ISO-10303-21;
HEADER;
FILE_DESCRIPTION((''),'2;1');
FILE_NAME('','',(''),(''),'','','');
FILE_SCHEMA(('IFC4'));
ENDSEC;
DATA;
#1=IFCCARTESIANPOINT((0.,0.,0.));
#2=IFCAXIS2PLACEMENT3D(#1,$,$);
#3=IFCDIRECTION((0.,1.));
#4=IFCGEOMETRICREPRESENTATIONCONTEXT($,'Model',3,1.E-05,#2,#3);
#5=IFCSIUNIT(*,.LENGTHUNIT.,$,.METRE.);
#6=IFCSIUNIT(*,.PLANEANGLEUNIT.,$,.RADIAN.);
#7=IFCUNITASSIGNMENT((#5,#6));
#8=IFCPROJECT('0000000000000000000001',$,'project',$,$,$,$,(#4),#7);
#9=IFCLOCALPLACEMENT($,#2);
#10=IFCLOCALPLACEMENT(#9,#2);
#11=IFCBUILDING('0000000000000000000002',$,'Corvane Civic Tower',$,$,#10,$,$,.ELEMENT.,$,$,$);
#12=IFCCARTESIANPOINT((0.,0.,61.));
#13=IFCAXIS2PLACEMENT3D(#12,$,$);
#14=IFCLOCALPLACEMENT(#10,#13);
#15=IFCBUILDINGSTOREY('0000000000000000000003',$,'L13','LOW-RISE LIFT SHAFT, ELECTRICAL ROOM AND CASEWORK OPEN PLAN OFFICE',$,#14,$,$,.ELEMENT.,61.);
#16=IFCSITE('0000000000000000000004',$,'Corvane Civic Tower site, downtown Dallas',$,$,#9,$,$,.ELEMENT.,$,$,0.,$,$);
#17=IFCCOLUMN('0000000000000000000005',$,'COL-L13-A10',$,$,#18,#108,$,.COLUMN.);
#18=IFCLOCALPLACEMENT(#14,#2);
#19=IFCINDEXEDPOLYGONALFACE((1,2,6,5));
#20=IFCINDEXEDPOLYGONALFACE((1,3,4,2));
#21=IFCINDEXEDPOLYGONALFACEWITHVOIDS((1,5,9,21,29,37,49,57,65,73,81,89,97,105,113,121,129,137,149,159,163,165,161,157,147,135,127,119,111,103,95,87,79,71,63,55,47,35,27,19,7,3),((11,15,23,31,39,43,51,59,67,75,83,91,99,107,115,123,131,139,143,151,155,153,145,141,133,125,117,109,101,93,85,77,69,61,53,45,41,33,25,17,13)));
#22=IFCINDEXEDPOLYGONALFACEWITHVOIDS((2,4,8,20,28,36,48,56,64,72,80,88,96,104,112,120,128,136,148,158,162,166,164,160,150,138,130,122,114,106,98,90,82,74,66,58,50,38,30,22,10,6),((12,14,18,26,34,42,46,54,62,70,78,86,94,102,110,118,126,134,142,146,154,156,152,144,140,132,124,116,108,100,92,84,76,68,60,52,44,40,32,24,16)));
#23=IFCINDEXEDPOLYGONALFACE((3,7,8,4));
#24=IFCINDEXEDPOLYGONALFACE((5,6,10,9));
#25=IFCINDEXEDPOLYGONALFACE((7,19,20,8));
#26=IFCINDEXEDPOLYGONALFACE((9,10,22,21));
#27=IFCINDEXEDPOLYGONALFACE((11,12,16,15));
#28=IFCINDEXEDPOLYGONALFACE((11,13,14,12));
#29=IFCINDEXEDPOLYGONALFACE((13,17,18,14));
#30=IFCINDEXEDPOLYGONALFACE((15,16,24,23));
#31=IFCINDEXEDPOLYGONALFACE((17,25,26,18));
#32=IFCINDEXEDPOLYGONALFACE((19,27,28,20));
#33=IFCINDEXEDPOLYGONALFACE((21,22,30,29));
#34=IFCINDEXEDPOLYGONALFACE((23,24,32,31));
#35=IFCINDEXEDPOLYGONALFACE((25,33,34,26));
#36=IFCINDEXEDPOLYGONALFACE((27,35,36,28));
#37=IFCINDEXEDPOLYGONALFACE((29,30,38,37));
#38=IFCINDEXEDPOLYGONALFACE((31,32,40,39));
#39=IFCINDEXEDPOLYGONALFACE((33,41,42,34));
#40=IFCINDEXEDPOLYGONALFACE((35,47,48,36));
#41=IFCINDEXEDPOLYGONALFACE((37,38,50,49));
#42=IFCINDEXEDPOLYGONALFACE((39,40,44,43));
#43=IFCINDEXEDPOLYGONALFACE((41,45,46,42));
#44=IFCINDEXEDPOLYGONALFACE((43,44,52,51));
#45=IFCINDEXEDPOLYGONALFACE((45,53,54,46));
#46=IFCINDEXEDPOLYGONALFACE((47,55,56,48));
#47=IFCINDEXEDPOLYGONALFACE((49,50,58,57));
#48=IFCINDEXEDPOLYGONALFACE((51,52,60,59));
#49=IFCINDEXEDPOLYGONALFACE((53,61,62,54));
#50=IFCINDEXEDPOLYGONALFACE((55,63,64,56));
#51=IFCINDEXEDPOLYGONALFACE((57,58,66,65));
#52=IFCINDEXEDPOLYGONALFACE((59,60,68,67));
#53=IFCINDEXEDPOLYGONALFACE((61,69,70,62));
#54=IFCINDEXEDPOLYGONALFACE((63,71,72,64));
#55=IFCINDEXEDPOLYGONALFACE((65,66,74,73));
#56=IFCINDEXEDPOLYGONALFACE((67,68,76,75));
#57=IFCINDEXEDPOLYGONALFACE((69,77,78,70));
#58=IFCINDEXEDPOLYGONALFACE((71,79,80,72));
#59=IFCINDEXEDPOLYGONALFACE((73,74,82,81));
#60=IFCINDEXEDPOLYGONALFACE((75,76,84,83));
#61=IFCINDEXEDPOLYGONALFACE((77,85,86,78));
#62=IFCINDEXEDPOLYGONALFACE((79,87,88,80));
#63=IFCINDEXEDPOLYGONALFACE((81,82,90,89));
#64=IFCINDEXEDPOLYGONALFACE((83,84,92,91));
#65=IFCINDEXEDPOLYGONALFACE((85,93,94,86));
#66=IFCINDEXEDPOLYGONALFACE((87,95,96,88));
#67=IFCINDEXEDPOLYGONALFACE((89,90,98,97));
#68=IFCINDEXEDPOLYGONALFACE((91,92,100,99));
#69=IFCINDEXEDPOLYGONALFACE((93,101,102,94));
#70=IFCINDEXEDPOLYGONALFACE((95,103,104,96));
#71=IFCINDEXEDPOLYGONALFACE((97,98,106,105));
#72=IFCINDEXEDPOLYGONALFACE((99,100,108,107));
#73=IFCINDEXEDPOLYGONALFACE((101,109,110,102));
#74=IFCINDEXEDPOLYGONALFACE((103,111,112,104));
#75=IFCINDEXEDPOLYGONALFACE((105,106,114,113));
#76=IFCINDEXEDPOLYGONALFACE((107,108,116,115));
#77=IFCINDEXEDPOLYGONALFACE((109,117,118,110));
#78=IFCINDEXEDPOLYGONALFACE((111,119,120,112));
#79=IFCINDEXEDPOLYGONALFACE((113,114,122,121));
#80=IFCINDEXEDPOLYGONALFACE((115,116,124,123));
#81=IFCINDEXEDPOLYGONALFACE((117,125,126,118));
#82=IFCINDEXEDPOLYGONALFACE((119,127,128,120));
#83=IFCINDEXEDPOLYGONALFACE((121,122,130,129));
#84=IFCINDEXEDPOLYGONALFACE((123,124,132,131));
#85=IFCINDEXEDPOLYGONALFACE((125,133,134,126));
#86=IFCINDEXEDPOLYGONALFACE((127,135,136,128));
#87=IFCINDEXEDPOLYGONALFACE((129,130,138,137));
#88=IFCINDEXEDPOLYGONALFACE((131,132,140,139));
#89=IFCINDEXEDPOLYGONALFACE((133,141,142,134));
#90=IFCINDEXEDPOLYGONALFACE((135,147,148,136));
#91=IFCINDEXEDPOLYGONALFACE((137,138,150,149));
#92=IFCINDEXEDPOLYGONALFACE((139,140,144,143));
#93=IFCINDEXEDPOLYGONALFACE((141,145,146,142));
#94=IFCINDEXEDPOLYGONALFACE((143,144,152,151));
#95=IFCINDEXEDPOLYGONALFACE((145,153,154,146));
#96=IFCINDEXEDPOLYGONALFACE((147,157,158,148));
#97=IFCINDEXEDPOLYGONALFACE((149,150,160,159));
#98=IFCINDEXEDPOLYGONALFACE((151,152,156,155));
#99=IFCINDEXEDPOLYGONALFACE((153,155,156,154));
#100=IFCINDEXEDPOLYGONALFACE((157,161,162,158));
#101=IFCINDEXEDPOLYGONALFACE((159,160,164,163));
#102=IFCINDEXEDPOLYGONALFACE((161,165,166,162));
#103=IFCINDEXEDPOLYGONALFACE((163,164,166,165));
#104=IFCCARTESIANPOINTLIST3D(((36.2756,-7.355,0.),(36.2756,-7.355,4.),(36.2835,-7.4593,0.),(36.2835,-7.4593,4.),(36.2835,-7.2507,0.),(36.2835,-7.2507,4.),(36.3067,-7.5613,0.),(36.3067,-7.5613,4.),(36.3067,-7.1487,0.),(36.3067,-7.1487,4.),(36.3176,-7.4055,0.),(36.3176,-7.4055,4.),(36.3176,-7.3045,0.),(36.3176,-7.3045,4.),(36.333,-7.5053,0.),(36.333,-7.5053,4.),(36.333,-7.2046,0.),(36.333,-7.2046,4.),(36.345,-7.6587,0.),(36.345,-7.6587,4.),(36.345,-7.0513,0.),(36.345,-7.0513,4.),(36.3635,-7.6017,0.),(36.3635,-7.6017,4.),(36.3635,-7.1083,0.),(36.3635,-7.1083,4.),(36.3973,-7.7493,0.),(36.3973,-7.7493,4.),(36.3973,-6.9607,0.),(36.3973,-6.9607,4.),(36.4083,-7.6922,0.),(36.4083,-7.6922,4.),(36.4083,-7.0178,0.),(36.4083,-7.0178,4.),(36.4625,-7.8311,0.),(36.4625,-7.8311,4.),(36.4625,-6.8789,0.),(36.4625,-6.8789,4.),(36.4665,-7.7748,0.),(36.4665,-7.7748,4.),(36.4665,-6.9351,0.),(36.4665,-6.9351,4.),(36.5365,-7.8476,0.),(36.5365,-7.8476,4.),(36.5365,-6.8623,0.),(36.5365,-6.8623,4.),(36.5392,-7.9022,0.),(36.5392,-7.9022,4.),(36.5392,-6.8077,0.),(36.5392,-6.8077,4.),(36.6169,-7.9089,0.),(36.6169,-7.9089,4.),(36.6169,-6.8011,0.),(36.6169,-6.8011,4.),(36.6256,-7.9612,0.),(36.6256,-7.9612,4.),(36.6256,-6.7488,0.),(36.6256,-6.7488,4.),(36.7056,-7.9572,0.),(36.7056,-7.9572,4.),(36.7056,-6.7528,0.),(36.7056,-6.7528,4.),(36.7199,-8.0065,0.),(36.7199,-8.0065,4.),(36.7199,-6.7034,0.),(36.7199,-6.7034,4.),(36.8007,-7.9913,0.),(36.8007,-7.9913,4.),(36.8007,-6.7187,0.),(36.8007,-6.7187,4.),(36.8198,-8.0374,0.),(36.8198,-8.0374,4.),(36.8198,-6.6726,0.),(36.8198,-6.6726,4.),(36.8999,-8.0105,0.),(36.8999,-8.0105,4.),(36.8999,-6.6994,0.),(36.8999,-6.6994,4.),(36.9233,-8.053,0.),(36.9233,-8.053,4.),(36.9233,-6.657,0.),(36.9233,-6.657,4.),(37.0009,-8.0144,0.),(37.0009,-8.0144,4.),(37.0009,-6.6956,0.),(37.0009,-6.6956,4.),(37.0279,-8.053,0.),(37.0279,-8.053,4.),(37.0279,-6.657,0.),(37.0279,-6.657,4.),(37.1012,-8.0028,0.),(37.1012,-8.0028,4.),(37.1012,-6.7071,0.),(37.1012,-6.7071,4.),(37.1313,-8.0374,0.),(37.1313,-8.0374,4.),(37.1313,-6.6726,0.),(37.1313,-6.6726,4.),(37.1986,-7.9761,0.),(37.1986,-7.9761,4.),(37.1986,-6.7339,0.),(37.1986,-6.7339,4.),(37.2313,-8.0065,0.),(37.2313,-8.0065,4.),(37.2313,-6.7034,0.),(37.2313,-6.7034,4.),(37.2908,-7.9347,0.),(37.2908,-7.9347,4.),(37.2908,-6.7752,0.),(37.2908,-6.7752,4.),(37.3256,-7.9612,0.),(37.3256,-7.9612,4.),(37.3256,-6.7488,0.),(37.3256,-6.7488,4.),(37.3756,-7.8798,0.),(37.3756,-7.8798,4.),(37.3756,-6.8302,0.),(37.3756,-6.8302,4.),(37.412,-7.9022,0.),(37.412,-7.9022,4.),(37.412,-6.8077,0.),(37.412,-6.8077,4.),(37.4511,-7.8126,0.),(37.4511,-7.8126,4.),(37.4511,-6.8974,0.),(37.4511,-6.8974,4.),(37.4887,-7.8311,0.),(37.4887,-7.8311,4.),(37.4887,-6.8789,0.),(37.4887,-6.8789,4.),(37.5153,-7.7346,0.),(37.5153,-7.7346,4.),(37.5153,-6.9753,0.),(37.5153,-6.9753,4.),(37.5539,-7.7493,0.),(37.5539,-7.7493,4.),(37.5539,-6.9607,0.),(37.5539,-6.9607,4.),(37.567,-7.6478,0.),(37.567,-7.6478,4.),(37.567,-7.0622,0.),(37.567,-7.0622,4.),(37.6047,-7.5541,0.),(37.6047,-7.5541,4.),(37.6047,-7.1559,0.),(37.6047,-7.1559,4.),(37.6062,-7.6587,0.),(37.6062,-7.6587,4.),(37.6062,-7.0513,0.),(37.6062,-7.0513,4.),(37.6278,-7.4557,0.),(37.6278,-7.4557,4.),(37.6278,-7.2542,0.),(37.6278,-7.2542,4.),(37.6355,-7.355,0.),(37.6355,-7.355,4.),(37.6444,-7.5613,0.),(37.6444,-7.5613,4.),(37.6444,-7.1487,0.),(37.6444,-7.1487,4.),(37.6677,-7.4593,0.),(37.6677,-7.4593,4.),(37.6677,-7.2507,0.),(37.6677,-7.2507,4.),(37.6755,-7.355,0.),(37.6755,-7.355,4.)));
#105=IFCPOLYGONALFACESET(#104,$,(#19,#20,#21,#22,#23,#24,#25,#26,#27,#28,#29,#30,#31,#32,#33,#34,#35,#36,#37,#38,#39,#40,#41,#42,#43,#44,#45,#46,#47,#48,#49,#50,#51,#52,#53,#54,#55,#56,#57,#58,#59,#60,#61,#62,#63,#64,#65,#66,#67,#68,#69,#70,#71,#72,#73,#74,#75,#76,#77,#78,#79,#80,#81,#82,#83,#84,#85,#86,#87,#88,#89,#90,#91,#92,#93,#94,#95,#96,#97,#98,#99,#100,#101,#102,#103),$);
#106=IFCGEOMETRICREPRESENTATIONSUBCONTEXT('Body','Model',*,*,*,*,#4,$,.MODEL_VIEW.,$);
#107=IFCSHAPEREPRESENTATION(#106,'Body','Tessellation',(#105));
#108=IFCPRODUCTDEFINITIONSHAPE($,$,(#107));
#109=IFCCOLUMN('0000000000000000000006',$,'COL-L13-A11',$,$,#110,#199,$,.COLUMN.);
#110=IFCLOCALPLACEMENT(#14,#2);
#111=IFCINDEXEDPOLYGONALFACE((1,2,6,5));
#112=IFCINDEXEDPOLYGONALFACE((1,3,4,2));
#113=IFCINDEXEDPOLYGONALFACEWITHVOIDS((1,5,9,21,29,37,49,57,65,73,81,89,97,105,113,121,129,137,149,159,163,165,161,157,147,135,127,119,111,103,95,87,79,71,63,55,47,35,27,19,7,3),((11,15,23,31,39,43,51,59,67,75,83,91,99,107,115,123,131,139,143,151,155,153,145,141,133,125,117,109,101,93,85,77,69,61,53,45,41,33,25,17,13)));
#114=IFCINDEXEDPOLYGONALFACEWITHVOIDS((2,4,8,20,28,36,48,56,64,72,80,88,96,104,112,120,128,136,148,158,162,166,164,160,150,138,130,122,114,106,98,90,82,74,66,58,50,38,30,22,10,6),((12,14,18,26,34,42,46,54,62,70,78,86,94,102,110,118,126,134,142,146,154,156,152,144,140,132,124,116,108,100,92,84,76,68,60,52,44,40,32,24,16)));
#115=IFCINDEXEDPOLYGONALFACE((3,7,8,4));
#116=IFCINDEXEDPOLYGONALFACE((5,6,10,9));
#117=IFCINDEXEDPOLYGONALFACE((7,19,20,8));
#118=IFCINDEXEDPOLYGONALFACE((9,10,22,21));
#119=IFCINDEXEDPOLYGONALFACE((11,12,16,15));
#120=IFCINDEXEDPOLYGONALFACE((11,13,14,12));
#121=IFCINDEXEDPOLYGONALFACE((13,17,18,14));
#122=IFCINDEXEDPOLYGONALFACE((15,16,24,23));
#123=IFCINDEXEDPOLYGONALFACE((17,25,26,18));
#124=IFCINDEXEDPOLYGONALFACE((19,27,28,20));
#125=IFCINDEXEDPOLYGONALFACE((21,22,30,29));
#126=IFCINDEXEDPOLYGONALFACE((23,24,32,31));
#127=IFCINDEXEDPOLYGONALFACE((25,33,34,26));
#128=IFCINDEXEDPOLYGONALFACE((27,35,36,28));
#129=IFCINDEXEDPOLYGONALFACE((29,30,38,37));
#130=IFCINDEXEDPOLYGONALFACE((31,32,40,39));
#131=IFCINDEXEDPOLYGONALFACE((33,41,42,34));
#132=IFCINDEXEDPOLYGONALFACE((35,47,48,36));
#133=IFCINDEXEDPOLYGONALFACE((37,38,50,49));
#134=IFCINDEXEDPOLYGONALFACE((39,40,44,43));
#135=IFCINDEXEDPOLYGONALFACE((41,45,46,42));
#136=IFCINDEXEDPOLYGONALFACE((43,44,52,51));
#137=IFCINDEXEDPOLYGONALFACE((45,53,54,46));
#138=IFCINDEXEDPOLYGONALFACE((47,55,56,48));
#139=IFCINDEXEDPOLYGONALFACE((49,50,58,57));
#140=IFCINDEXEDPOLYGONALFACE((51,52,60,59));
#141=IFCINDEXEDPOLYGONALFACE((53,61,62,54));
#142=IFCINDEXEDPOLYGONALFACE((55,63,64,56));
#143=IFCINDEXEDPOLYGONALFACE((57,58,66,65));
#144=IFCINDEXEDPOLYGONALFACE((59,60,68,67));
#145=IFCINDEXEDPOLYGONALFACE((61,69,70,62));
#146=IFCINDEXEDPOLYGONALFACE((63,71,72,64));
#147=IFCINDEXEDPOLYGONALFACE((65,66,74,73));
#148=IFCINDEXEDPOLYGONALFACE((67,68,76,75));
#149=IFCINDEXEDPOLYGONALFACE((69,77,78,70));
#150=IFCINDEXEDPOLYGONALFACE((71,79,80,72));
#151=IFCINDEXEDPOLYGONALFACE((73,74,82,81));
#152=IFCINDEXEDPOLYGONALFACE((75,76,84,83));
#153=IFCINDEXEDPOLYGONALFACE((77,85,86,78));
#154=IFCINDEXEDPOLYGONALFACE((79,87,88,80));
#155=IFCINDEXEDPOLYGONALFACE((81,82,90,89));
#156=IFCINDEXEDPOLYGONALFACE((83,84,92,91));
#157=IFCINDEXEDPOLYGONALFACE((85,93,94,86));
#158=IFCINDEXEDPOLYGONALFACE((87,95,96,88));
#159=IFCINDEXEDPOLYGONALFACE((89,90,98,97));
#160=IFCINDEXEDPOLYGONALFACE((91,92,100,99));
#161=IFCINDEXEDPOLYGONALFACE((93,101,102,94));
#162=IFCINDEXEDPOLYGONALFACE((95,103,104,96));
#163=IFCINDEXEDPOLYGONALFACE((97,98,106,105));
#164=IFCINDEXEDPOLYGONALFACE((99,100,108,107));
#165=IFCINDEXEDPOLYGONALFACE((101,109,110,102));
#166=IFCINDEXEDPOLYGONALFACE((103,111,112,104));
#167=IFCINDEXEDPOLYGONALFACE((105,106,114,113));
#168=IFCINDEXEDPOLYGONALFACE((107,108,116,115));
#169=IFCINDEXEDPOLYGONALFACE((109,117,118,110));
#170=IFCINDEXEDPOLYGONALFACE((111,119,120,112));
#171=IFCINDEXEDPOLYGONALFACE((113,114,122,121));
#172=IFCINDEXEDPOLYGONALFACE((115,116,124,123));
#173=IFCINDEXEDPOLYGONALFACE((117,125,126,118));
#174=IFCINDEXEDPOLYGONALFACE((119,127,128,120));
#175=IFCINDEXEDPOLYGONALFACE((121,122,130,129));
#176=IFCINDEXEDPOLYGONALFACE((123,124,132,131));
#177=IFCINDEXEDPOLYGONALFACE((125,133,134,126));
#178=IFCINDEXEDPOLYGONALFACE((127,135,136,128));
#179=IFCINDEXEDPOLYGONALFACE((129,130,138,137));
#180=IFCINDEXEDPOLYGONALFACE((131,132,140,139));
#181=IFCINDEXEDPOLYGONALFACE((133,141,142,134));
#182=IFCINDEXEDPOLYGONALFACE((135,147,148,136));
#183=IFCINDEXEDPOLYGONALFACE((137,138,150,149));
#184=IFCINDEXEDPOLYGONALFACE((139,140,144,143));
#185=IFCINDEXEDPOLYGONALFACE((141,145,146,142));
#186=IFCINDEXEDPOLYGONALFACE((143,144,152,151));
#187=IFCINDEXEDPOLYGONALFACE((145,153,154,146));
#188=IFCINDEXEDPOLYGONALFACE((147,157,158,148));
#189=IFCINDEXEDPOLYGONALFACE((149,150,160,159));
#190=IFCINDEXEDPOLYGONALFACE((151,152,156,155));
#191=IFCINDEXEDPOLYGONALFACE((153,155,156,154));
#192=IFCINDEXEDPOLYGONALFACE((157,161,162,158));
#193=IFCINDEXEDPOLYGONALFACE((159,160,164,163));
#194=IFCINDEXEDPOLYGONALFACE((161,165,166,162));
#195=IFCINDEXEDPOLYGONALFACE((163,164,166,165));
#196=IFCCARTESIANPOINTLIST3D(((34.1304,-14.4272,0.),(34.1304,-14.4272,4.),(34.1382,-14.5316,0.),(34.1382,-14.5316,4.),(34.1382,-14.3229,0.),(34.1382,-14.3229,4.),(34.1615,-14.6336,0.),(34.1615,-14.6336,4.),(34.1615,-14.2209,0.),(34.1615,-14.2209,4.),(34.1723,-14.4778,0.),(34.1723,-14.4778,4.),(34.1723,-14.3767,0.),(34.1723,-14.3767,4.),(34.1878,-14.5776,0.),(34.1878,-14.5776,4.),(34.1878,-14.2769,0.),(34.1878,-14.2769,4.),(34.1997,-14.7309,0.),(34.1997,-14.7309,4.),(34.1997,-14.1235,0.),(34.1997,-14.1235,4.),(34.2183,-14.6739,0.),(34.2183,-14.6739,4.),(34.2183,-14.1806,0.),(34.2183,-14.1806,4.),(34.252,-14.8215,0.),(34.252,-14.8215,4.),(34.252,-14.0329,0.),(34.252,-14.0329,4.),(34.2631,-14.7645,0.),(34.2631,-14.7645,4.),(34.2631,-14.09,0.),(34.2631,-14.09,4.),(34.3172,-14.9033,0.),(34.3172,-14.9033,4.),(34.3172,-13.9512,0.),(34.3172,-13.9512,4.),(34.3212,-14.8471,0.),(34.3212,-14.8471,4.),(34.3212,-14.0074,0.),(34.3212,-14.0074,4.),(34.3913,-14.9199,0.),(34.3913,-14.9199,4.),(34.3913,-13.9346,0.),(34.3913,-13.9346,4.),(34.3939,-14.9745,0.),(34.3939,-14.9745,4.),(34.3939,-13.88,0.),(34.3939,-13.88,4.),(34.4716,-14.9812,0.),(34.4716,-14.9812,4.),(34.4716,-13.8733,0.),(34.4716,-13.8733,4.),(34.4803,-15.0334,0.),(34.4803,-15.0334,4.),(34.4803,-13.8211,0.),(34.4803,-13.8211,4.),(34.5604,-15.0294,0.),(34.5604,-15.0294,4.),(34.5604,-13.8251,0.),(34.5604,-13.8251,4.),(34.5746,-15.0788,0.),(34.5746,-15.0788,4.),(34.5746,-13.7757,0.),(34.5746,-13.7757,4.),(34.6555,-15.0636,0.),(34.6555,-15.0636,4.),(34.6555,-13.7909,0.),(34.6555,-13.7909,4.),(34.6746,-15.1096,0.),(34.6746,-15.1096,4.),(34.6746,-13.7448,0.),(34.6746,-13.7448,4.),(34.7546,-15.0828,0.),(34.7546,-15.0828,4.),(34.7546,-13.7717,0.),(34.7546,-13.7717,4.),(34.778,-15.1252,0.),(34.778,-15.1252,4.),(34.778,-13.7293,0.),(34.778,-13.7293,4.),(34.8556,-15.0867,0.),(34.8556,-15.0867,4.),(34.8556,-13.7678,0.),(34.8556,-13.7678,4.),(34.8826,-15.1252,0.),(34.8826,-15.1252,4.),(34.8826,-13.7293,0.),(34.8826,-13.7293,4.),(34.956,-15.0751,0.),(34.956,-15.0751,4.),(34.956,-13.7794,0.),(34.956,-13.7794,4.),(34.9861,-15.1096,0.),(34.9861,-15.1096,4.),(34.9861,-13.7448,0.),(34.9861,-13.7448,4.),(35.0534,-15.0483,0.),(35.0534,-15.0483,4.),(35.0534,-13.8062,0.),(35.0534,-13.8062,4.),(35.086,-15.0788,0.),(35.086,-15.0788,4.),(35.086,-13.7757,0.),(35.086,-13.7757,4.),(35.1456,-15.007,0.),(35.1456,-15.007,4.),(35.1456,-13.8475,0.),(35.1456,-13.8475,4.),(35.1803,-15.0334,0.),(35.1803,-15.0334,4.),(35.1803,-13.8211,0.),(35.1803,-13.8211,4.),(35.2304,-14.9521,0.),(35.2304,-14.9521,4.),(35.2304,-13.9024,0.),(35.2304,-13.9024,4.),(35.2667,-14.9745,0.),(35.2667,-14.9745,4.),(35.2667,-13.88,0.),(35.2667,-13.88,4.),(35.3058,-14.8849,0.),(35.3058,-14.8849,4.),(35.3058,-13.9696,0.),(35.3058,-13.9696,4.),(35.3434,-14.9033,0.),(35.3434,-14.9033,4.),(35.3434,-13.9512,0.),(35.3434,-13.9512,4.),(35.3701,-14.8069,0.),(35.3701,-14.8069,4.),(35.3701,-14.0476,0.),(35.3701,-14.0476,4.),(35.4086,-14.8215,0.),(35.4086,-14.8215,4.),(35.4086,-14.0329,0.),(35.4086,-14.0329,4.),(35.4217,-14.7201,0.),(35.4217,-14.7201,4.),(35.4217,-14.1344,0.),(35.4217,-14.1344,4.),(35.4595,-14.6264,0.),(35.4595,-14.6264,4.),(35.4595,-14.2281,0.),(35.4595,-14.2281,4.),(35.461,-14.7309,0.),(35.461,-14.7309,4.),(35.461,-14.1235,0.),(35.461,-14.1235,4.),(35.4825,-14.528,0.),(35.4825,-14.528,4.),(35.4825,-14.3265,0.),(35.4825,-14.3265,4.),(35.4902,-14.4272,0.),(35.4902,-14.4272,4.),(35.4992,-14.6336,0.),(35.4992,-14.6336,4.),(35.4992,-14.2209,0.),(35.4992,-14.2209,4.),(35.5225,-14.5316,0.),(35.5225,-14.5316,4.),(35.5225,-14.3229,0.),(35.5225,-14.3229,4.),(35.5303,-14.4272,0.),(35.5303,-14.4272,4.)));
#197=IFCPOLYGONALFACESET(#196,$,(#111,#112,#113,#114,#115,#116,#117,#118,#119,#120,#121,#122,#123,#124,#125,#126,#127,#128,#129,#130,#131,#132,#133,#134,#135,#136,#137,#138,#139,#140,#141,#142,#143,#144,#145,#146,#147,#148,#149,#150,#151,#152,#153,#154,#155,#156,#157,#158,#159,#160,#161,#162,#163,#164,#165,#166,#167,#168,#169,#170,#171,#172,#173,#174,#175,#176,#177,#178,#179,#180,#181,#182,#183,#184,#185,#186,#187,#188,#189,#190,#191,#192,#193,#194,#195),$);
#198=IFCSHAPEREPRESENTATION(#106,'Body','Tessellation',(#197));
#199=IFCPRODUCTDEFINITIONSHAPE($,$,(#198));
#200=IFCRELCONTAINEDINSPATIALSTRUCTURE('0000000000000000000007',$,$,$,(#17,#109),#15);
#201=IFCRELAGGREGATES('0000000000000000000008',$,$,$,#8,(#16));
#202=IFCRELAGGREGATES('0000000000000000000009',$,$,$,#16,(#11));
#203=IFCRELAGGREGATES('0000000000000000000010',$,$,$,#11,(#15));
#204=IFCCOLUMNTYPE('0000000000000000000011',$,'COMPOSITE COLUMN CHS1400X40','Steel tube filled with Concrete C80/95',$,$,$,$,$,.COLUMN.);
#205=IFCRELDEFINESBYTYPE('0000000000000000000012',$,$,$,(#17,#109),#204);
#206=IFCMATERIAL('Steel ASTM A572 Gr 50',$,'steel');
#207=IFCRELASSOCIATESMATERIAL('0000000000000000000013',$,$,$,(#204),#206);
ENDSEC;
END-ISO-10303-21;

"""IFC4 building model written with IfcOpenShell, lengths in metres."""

from ifc_helpers import new_model, si_unit, direction, frame, origin, origin_2d, place, context, subcontext, project, spatial, hollow_circle, extrude, material, material_profile, profile_set, type_object, element, save


model = new_model("IFC4")

# Units and contexts
model_context = context("Model", 3, precision=1e-05, world=origin(), true_north=direction((0.0, 1.0)))
body_context = subcontext(model_context, "Body", "Model", "MODEL_VIEW")
ifc_project = project(units=[si_unit("LENGTHUNIT", "METRE"), si_unit("PLANEANGLEUNIT", "RADIAN")], contexts=[model_context])

# Site, building, storey
site_placement = place(None, origin())
site = spatial("IfcSite", under=ifc_project, at=site_placement, Name="Corvane Civic Tower site, downtown Dallas", CompositionType="ELEMENT", RefElevation=0.0)
building_placement = place(site_placement, origin())
building = spatial("IfcBuilding", under=site, at=building_placement, Name="Corvane Civic Tower", CompositionType="ELEMENT")
storey_placement = place(building_placement, frame((0.0, 0.0, 61.0)))
storey = spatial("IfcBuildingStorey", under=building, at=storey_placement, Name="L13", Description="LOW-RISE LIFT SHAFT, ELECTRICAL ROOM AND CASEWORK OPEN PLAN OFFICE", CompositionType="ELEMENT", Elevation=61.0)

# Columns
ifc_material_1 = material(Name="Steel ASTM A572 Gr 50", Category="steel")
ifc_material_profile_1 = material_profile(ifc_material_1, hollow_circle(Radius=0.7, WallThickness=0.04, at=origin_2d()), Name="CHS1400X40")
ifc_profile_set_1 = profile_set([ifc_material_profile_1], Name="Steel ASTM A572 Gr 50")
column_type = type_object("IfcColumnType", Name="COMPOSITE COLUMN CHS1400X40", Description="Steel tube filled with Concrete C80/95", PredefinedType="COLUMN", material=ifc_profile_set_1)
for number, where, z_axis, x_axis, name in (
    (1, (36.9756, -7.355, 0.0), (0.0, 0.0, 1.0), (1.0, 0.0, 0.0), "COL-L13-A10"),
    (2, (34.8303, -14.4272, 0.0), (0.0, 0.0, 1.0), (1.0, 0.0, 0.0), "COL-L13-A11"),
):
    element("IfcColumn", number, at=place(storey_placement, frame(where, z_axis=z_axis, x_axis=x_axis)), inside=storey, type_object=column_type, Name=name, PredefinedType="COLUMN", context=body_context, shape_type="SweptSolid", body=[
        extrude(hollow_circle(Radius=0.7, WallThickness=0.04, at=origin_2d()), origin(), (0.0, 0.0, 1.0), 4.0),
    ])

save(model, "model.ifc")
